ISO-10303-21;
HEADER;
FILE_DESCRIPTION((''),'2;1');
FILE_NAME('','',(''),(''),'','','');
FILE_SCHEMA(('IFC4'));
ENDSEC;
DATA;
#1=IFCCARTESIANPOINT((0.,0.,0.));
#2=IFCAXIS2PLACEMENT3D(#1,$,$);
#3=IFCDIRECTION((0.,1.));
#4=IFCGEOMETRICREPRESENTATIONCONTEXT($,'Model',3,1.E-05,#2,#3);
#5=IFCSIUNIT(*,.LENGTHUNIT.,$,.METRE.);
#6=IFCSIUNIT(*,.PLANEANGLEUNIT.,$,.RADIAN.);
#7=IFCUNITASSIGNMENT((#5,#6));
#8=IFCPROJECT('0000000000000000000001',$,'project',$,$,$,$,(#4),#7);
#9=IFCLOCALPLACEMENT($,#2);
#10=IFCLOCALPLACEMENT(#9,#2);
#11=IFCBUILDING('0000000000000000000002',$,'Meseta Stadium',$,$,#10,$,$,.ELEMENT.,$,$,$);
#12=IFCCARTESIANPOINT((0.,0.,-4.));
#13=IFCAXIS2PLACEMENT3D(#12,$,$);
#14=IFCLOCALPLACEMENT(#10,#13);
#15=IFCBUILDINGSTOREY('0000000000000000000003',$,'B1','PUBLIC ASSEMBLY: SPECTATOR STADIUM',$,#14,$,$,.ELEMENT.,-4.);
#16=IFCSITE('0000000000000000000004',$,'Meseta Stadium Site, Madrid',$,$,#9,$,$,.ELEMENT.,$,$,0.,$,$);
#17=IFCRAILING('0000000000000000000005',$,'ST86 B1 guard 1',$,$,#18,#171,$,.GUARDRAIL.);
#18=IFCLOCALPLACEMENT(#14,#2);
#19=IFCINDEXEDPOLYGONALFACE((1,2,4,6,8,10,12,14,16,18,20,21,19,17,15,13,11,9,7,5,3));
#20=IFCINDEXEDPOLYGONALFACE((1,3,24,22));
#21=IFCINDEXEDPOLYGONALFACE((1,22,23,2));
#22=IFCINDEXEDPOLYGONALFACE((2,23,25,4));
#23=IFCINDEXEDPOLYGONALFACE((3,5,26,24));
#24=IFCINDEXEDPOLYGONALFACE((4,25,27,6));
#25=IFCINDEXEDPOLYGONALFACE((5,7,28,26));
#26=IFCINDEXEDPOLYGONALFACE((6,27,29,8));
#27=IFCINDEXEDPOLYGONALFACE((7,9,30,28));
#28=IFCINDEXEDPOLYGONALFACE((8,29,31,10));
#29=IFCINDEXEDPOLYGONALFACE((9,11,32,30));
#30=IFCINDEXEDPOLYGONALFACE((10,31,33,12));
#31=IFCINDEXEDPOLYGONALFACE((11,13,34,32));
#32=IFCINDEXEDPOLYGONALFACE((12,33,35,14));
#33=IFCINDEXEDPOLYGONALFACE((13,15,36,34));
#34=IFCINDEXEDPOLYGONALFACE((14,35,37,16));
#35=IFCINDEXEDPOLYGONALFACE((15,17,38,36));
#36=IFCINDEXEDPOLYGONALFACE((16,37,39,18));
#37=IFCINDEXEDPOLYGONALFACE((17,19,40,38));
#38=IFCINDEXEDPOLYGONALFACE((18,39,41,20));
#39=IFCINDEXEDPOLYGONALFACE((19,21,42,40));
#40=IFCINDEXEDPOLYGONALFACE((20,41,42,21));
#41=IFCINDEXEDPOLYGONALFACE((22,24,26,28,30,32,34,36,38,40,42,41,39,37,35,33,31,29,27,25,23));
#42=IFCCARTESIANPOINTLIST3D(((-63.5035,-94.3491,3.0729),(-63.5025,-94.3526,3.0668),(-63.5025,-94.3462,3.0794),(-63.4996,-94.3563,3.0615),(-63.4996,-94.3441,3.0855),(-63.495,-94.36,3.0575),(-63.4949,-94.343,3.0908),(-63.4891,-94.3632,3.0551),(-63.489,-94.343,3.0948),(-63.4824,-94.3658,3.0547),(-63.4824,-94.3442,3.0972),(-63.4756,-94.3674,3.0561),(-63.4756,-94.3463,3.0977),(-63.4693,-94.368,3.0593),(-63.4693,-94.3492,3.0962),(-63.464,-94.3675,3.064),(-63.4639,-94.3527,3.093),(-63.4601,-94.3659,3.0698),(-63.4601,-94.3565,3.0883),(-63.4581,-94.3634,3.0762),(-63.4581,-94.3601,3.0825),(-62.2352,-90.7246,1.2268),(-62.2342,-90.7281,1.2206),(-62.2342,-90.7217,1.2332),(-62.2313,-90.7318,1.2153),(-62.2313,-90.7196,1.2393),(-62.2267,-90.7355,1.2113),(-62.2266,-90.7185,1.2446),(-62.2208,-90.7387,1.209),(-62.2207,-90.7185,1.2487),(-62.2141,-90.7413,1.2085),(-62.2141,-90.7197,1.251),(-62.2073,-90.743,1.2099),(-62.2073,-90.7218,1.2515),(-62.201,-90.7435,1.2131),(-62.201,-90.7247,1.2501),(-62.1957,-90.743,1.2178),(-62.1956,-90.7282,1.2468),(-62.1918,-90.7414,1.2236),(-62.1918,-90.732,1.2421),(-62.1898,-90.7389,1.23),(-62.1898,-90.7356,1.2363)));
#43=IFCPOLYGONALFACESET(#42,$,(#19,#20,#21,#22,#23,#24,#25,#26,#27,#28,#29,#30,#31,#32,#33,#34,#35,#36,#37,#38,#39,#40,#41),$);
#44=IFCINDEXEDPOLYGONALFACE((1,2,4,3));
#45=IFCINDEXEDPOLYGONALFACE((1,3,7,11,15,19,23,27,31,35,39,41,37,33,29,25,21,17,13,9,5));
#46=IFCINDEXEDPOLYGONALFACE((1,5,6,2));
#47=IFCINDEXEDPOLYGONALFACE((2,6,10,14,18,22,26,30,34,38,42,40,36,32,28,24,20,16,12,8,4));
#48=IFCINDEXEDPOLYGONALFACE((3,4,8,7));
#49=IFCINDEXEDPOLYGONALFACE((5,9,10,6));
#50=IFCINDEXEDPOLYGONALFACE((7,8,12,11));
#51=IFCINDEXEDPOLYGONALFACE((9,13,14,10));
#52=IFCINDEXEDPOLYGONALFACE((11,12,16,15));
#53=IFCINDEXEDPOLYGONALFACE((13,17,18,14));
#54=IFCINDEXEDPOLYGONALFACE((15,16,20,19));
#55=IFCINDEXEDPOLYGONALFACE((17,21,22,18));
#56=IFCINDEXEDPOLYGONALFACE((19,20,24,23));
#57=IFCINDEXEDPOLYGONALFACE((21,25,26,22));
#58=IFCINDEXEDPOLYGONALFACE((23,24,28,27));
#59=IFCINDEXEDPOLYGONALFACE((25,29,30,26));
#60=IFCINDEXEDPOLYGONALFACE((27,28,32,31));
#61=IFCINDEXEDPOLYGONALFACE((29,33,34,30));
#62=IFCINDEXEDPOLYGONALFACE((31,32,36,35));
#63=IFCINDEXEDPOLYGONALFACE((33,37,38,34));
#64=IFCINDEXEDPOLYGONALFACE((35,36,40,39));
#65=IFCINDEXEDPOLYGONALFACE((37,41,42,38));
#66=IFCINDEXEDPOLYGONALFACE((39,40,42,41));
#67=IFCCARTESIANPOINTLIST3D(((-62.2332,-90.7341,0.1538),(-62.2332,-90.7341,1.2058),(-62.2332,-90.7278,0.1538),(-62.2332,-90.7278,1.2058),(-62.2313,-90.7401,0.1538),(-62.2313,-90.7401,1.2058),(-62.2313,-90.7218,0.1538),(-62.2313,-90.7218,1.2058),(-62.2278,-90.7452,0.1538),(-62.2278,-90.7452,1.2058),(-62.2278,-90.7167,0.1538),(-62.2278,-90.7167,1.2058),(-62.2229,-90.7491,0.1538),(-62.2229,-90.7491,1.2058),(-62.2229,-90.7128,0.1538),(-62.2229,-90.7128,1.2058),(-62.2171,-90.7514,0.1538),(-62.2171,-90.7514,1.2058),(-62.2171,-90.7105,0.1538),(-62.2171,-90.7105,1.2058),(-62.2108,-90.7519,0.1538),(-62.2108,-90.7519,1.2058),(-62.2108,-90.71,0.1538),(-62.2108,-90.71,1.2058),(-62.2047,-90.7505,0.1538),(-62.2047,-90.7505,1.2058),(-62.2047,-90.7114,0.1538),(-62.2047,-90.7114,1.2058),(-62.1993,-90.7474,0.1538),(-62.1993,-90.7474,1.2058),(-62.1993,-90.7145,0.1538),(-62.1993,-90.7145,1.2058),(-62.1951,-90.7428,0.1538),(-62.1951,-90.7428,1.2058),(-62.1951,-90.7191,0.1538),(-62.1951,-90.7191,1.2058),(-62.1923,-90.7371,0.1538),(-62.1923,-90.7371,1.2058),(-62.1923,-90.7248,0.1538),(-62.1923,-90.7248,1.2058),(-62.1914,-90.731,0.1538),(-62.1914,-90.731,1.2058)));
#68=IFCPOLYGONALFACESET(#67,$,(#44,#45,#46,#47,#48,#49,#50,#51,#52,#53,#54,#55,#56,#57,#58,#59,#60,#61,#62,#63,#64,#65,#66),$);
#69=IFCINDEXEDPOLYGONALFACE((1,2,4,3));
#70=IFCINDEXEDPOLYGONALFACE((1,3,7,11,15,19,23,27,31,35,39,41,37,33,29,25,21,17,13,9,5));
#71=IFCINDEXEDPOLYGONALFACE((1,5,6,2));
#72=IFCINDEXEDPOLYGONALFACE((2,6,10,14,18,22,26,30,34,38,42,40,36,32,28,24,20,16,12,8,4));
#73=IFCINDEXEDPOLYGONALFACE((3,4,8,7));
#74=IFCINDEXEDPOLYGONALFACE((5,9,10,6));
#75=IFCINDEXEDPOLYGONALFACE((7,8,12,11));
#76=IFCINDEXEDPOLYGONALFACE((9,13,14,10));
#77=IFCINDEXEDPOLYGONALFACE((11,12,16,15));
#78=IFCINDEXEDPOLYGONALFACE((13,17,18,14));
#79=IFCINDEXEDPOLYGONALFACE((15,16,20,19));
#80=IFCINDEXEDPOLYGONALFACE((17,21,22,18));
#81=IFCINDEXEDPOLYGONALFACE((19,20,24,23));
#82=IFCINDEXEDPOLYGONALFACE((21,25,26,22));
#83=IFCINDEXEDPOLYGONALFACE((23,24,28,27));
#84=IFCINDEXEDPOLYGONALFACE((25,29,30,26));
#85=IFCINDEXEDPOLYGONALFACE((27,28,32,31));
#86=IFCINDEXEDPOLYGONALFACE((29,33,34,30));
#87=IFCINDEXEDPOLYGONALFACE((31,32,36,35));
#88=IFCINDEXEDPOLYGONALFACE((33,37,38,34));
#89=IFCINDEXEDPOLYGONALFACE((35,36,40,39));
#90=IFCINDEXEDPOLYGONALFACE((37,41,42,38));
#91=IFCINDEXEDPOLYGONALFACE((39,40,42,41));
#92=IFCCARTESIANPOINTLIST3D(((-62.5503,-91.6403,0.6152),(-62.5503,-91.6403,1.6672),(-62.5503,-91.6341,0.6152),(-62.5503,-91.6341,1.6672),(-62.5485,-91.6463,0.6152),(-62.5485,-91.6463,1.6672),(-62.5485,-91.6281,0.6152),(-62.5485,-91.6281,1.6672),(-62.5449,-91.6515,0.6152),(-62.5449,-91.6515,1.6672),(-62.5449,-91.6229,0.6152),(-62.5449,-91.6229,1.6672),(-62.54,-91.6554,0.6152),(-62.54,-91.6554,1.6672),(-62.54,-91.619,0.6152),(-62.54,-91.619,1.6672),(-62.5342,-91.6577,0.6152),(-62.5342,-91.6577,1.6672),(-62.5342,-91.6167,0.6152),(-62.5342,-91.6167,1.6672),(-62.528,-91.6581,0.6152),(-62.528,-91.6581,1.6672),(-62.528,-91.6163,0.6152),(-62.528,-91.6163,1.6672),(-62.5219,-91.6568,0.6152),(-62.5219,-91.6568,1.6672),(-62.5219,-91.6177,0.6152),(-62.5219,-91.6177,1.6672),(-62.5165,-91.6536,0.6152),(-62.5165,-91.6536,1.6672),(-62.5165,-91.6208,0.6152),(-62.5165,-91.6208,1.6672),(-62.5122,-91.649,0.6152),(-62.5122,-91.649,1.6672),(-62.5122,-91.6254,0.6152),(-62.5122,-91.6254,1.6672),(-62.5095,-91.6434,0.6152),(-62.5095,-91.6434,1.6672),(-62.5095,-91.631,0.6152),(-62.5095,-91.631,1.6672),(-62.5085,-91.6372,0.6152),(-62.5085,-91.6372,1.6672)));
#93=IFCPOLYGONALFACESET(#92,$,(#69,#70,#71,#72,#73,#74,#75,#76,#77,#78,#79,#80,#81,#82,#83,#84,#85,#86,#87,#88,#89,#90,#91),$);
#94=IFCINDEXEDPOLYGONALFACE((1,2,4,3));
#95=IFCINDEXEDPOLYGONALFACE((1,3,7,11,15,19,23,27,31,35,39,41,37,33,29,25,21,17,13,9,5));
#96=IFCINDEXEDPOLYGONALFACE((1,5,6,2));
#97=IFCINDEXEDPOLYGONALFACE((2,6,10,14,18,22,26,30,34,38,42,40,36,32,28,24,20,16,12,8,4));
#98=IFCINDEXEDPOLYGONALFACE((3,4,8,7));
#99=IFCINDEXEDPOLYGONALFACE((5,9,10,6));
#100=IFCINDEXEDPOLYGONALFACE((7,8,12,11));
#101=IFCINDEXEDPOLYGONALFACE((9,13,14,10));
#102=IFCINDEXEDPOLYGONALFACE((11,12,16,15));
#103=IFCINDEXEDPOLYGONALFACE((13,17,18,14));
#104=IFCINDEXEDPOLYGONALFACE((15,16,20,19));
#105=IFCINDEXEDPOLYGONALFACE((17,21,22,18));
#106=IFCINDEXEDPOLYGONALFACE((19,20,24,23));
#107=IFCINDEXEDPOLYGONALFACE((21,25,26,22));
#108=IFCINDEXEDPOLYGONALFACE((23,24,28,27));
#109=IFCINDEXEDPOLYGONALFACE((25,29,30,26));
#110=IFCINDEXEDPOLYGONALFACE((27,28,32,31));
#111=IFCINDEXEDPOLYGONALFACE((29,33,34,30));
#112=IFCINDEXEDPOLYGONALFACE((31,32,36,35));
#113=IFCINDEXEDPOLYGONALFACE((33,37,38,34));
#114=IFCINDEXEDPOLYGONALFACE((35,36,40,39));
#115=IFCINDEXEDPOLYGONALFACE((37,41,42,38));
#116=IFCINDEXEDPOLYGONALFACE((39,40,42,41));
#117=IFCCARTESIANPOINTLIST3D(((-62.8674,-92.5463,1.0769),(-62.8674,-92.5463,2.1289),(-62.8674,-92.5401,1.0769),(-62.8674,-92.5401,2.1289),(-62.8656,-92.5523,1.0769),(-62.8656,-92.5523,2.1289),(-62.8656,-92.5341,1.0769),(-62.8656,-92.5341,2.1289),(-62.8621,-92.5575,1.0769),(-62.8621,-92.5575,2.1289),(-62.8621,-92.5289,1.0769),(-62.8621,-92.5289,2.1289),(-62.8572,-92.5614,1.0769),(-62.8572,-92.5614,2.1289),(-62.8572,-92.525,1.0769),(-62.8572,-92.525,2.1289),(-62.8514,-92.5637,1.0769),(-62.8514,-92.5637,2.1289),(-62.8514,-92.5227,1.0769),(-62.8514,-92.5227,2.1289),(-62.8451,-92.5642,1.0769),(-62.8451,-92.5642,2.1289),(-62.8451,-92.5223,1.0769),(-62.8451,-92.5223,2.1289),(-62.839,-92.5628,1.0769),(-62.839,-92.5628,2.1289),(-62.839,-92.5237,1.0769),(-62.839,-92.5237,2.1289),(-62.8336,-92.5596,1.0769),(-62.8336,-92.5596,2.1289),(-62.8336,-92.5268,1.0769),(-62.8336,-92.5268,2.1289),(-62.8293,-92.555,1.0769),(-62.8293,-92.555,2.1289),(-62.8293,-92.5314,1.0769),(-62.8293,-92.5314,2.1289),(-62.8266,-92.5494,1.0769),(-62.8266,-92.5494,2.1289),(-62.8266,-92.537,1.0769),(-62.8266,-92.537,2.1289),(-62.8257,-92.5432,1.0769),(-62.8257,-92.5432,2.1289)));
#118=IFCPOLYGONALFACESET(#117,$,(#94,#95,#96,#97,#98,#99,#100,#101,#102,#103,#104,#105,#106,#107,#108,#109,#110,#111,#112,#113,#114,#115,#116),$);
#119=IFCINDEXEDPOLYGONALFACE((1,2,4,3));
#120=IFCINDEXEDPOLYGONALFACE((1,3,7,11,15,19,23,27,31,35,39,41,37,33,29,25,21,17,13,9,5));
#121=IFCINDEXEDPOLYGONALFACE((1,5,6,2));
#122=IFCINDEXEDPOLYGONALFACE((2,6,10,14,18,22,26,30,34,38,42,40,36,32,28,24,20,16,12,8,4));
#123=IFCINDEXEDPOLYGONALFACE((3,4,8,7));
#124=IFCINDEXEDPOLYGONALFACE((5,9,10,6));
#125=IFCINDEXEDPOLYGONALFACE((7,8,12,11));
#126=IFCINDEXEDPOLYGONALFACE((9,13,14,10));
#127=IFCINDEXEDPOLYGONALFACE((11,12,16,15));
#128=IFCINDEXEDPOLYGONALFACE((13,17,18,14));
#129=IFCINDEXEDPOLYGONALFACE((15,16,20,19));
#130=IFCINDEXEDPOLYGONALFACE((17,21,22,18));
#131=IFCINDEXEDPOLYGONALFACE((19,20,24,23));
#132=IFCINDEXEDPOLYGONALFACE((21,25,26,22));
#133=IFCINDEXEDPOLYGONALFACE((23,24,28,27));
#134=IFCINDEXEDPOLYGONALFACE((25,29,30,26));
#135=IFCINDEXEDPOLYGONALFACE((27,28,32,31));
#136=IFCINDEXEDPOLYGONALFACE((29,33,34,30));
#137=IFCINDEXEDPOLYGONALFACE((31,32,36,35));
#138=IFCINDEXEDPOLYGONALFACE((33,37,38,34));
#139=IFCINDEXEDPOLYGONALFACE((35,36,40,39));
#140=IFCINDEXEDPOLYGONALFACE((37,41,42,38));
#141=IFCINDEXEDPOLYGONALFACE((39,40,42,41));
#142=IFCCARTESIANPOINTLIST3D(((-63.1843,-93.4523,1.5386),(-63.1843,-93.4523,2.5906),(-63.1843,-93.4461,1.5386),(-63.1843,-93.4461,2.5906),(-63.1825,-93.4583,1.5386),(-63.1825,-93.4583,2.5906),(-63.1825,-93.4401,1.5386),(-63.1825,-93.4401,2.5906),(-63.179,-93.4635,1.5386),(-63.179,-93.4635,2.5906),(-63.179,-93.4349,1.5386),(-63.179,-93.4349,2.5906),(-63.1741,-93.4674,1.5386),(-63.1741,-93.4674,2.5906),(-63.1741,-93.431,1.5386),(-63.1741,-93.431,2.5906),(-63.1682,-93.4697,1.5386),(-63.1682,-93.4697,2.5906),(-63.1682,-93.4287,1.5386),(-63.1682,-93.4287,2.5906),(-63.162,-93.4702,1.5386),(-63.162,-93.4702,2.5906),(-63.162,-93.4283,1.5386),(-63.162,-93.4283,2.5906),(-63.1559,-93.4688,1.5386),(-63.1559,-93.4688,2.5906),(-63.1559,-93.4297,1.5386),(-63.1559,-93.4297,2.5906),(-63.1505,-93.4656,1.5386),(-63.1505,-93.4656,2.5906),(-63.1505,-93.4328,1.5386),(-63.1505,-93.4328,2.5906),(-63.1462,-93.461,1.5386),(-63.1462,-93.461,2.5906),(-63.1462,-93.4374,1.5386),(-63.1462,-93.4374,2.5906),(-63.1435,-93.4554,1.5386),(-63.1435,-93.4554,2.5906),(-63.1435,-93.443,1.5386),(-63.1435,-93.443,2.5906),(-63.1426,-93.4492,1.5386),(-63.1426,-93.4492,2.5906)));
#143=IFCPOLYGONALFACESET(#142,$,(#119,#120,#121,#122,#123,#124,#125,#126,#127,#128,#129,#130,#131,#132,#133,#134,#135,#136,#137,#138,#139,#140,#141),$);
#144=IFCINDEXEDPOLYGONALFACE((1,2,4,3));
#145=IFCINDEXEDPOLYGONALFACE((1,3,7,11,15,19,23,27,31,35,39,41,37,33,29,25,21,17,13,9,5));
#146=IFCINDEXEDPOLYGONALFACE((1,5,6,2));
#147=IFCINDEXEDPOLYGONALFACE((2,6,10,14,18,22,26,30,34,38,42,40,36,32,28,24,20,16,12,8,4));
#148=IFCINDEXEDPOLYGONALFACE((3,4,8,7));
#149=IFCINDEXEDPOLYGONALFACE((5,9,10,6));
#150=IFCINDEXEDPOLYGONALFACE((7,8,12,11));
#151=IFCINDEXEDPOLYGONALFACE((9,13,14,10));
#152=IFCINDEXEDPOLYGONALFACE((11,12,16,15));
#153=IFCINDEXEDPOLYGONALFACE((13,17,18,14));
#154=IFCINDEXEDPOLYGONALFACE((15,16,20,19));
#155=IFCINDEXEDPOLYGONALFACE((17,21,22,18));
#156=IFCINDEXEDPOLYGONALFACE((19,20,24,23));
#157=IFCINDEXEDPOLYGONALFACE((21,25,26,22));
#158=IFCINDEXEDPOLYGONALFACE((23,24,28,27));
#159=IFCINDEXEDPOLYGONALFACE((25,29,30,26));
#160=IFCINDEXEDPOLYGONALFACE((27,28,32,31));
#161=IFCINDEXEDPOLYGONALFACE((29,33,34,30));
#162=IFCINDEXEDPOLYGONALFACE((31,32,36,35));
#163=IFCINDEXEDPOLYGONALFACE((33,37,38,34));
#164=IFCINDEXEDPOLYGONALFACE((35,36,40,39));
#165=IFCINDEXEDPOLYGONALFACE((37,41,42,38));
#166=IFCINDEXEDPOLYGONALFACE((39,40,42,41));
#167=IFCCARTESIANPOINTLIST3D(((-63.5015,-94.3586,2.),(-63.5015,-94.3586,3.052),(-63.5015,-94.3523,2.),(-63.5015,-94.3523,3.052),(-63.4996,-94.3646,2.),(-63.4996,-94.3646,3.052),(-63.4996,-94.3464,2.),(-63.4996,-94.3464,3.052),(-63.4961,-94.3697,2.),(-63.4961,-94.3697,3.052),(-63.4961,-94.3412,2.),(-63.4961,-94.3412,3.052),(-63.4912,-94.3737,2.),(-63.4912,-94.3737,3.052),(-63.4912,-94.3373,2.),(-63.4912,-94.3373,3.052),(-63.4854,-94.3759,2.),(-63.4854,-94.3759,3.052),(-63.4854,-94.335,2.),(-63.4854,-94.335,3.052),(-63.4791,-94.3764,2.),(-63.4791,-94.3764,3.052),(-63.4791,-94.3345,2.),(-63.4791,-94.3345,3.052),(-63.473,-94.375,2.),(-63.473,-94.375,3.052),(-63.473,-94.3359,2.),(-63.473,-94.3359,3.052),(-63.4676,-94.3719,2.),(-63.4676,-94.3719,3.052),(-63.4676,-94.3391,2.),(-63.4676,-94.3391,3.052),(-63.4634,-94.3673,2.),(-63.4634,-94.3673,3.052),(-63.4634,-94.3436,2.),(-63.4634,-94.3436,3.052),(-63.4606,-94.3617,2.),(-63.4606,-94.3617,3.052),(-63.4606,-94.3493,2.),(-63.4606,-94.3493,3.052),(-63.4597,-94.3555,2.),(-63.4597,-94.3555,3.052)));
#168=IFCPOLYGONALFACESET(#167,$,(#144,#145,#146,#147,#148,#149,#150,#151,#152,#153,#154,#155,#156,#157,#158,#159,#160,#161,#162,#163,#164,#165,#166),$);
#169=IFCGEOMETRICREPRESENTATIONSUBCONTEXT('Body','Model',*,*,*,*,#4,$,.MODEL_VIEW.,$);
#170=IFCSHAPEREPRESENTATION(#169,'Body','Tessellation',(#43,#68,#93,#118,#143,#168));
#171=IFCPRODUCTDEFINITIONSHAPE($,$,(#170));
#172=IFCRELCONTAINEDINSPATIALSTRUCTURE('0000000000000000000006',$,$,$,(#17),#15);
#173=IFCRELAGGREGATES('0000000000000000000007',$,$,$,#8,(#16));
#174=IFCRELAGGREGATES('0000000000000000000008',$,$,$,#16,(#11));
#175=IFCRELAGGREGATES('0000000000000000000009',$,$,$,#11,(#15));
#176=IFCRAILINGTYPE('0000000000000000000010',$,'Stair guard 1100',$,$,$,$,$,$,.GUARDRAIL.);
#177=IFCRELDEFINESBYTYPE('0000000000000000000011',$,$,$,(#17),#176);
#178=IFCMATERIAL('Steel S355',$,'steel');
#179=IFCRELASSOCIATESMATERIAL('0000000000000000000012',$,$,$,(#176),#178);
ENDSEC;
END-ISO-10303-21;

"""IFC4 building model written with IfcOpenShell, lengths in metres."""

from ifc_helpers import new_model, si_unit, direction, frame, origin, origin_2d, place, context, subcontext, project, spatial, circle, extrude, material, type_object, element, save


model = new_model("IFC4")

# Units and contexts
model_context = context("Model", 3, precision=1e-05, world=origin(), true_north=direction((0.0, 1.0)))
body_context = subcontext(model_context, "Body", "Model", "MODEL_VIEW")
ifc_project = project(units=[si_unit("LENGTHUNIT", "METRE"), si_unit("PLANEANGLEUNIT", "RADIAN")], contexts=[model_context])

# Site, building, storey
site_placement = place(None, origin())
site = spatial("IfcSite", under=ifc_project, at=site_placement, Name="Meseta Stadium Site, Madrid", CompositionType="ELEMENT", RefElevation=0.0)
building_placement = place(site_placement, origin())
building = spatial("IfcBuilding", under=site, at=building_placement, Name="Meseta Stadium", CompositionType="ELEMENT")
storey_placement = place(building_placement, frame((0.0, 0.0, -4.0)))
storey = spatial("IfcBuildingStorey", under=building, at=storey_placement, Name="B1", Description="PUBLIC ASSEMBLY: SPECTATOR STADIUM", CompositionType="ELEMENT", Elevation=-4.0)

# Railing
ifc_material_1 = material(Name="Steel S355", Category="steel")
railing_type_1 = type_object("IfcRailingType", Name="Stair guard 1100", PredefinedType="GUARDRAIL", material=ifc_material_1)
railing_1_placement = place(storey_placement, frame((-62.2124, -90.731, 0.1538)))
element("IfcRailing", 1, at=railing_1_placement, inside=storey, type_object=railing_type_1, Name="ST86 B1 guard 1", PredefinedType="GUARDRAIL", context=body_context, shape_type="SweptSolid", body=[
    extrude(circle(Radius=0.0239, at=origin_2d()), frame((0.0, 0.0, 1.0762), z_axis=(-0.297672, -0.850672, 0.4333), x_axis=(0.94388, -0.330288, 0.0)), (0.0, 0.0, 1.0), 4.2607),
    extrude(circle(Radius=0.021, at=origin_2d()), origin(), (0.0, 0.0, 1.0), 1.052),
    extrude(circle(Radius=0.021, at=origin_2d()), frame((-0.3171, -0.9062, 0.4614)), (0.0, 0.0, 1.0), 1.052),
    extrude(circle(Radius=0.021, at=origin_2d()), frame((-0.6343, -1.8123, 0.9231)), (0.0, 0.0, 1.0), 1.052),
    extrude(circle(Radius=0.021, at=origin_2d()), frame((-0.9512, -2.7183, 1.3848)), (0.0, 0.0, 1.0), 1.052),
    extrude(circle(Radius=0.021, at=origin_2d()), frame((-1.2683, -3.6245, 1.8462)), (0.0, 0.0, 1.0), 1.052),
])

save(model, "model.ifc")
